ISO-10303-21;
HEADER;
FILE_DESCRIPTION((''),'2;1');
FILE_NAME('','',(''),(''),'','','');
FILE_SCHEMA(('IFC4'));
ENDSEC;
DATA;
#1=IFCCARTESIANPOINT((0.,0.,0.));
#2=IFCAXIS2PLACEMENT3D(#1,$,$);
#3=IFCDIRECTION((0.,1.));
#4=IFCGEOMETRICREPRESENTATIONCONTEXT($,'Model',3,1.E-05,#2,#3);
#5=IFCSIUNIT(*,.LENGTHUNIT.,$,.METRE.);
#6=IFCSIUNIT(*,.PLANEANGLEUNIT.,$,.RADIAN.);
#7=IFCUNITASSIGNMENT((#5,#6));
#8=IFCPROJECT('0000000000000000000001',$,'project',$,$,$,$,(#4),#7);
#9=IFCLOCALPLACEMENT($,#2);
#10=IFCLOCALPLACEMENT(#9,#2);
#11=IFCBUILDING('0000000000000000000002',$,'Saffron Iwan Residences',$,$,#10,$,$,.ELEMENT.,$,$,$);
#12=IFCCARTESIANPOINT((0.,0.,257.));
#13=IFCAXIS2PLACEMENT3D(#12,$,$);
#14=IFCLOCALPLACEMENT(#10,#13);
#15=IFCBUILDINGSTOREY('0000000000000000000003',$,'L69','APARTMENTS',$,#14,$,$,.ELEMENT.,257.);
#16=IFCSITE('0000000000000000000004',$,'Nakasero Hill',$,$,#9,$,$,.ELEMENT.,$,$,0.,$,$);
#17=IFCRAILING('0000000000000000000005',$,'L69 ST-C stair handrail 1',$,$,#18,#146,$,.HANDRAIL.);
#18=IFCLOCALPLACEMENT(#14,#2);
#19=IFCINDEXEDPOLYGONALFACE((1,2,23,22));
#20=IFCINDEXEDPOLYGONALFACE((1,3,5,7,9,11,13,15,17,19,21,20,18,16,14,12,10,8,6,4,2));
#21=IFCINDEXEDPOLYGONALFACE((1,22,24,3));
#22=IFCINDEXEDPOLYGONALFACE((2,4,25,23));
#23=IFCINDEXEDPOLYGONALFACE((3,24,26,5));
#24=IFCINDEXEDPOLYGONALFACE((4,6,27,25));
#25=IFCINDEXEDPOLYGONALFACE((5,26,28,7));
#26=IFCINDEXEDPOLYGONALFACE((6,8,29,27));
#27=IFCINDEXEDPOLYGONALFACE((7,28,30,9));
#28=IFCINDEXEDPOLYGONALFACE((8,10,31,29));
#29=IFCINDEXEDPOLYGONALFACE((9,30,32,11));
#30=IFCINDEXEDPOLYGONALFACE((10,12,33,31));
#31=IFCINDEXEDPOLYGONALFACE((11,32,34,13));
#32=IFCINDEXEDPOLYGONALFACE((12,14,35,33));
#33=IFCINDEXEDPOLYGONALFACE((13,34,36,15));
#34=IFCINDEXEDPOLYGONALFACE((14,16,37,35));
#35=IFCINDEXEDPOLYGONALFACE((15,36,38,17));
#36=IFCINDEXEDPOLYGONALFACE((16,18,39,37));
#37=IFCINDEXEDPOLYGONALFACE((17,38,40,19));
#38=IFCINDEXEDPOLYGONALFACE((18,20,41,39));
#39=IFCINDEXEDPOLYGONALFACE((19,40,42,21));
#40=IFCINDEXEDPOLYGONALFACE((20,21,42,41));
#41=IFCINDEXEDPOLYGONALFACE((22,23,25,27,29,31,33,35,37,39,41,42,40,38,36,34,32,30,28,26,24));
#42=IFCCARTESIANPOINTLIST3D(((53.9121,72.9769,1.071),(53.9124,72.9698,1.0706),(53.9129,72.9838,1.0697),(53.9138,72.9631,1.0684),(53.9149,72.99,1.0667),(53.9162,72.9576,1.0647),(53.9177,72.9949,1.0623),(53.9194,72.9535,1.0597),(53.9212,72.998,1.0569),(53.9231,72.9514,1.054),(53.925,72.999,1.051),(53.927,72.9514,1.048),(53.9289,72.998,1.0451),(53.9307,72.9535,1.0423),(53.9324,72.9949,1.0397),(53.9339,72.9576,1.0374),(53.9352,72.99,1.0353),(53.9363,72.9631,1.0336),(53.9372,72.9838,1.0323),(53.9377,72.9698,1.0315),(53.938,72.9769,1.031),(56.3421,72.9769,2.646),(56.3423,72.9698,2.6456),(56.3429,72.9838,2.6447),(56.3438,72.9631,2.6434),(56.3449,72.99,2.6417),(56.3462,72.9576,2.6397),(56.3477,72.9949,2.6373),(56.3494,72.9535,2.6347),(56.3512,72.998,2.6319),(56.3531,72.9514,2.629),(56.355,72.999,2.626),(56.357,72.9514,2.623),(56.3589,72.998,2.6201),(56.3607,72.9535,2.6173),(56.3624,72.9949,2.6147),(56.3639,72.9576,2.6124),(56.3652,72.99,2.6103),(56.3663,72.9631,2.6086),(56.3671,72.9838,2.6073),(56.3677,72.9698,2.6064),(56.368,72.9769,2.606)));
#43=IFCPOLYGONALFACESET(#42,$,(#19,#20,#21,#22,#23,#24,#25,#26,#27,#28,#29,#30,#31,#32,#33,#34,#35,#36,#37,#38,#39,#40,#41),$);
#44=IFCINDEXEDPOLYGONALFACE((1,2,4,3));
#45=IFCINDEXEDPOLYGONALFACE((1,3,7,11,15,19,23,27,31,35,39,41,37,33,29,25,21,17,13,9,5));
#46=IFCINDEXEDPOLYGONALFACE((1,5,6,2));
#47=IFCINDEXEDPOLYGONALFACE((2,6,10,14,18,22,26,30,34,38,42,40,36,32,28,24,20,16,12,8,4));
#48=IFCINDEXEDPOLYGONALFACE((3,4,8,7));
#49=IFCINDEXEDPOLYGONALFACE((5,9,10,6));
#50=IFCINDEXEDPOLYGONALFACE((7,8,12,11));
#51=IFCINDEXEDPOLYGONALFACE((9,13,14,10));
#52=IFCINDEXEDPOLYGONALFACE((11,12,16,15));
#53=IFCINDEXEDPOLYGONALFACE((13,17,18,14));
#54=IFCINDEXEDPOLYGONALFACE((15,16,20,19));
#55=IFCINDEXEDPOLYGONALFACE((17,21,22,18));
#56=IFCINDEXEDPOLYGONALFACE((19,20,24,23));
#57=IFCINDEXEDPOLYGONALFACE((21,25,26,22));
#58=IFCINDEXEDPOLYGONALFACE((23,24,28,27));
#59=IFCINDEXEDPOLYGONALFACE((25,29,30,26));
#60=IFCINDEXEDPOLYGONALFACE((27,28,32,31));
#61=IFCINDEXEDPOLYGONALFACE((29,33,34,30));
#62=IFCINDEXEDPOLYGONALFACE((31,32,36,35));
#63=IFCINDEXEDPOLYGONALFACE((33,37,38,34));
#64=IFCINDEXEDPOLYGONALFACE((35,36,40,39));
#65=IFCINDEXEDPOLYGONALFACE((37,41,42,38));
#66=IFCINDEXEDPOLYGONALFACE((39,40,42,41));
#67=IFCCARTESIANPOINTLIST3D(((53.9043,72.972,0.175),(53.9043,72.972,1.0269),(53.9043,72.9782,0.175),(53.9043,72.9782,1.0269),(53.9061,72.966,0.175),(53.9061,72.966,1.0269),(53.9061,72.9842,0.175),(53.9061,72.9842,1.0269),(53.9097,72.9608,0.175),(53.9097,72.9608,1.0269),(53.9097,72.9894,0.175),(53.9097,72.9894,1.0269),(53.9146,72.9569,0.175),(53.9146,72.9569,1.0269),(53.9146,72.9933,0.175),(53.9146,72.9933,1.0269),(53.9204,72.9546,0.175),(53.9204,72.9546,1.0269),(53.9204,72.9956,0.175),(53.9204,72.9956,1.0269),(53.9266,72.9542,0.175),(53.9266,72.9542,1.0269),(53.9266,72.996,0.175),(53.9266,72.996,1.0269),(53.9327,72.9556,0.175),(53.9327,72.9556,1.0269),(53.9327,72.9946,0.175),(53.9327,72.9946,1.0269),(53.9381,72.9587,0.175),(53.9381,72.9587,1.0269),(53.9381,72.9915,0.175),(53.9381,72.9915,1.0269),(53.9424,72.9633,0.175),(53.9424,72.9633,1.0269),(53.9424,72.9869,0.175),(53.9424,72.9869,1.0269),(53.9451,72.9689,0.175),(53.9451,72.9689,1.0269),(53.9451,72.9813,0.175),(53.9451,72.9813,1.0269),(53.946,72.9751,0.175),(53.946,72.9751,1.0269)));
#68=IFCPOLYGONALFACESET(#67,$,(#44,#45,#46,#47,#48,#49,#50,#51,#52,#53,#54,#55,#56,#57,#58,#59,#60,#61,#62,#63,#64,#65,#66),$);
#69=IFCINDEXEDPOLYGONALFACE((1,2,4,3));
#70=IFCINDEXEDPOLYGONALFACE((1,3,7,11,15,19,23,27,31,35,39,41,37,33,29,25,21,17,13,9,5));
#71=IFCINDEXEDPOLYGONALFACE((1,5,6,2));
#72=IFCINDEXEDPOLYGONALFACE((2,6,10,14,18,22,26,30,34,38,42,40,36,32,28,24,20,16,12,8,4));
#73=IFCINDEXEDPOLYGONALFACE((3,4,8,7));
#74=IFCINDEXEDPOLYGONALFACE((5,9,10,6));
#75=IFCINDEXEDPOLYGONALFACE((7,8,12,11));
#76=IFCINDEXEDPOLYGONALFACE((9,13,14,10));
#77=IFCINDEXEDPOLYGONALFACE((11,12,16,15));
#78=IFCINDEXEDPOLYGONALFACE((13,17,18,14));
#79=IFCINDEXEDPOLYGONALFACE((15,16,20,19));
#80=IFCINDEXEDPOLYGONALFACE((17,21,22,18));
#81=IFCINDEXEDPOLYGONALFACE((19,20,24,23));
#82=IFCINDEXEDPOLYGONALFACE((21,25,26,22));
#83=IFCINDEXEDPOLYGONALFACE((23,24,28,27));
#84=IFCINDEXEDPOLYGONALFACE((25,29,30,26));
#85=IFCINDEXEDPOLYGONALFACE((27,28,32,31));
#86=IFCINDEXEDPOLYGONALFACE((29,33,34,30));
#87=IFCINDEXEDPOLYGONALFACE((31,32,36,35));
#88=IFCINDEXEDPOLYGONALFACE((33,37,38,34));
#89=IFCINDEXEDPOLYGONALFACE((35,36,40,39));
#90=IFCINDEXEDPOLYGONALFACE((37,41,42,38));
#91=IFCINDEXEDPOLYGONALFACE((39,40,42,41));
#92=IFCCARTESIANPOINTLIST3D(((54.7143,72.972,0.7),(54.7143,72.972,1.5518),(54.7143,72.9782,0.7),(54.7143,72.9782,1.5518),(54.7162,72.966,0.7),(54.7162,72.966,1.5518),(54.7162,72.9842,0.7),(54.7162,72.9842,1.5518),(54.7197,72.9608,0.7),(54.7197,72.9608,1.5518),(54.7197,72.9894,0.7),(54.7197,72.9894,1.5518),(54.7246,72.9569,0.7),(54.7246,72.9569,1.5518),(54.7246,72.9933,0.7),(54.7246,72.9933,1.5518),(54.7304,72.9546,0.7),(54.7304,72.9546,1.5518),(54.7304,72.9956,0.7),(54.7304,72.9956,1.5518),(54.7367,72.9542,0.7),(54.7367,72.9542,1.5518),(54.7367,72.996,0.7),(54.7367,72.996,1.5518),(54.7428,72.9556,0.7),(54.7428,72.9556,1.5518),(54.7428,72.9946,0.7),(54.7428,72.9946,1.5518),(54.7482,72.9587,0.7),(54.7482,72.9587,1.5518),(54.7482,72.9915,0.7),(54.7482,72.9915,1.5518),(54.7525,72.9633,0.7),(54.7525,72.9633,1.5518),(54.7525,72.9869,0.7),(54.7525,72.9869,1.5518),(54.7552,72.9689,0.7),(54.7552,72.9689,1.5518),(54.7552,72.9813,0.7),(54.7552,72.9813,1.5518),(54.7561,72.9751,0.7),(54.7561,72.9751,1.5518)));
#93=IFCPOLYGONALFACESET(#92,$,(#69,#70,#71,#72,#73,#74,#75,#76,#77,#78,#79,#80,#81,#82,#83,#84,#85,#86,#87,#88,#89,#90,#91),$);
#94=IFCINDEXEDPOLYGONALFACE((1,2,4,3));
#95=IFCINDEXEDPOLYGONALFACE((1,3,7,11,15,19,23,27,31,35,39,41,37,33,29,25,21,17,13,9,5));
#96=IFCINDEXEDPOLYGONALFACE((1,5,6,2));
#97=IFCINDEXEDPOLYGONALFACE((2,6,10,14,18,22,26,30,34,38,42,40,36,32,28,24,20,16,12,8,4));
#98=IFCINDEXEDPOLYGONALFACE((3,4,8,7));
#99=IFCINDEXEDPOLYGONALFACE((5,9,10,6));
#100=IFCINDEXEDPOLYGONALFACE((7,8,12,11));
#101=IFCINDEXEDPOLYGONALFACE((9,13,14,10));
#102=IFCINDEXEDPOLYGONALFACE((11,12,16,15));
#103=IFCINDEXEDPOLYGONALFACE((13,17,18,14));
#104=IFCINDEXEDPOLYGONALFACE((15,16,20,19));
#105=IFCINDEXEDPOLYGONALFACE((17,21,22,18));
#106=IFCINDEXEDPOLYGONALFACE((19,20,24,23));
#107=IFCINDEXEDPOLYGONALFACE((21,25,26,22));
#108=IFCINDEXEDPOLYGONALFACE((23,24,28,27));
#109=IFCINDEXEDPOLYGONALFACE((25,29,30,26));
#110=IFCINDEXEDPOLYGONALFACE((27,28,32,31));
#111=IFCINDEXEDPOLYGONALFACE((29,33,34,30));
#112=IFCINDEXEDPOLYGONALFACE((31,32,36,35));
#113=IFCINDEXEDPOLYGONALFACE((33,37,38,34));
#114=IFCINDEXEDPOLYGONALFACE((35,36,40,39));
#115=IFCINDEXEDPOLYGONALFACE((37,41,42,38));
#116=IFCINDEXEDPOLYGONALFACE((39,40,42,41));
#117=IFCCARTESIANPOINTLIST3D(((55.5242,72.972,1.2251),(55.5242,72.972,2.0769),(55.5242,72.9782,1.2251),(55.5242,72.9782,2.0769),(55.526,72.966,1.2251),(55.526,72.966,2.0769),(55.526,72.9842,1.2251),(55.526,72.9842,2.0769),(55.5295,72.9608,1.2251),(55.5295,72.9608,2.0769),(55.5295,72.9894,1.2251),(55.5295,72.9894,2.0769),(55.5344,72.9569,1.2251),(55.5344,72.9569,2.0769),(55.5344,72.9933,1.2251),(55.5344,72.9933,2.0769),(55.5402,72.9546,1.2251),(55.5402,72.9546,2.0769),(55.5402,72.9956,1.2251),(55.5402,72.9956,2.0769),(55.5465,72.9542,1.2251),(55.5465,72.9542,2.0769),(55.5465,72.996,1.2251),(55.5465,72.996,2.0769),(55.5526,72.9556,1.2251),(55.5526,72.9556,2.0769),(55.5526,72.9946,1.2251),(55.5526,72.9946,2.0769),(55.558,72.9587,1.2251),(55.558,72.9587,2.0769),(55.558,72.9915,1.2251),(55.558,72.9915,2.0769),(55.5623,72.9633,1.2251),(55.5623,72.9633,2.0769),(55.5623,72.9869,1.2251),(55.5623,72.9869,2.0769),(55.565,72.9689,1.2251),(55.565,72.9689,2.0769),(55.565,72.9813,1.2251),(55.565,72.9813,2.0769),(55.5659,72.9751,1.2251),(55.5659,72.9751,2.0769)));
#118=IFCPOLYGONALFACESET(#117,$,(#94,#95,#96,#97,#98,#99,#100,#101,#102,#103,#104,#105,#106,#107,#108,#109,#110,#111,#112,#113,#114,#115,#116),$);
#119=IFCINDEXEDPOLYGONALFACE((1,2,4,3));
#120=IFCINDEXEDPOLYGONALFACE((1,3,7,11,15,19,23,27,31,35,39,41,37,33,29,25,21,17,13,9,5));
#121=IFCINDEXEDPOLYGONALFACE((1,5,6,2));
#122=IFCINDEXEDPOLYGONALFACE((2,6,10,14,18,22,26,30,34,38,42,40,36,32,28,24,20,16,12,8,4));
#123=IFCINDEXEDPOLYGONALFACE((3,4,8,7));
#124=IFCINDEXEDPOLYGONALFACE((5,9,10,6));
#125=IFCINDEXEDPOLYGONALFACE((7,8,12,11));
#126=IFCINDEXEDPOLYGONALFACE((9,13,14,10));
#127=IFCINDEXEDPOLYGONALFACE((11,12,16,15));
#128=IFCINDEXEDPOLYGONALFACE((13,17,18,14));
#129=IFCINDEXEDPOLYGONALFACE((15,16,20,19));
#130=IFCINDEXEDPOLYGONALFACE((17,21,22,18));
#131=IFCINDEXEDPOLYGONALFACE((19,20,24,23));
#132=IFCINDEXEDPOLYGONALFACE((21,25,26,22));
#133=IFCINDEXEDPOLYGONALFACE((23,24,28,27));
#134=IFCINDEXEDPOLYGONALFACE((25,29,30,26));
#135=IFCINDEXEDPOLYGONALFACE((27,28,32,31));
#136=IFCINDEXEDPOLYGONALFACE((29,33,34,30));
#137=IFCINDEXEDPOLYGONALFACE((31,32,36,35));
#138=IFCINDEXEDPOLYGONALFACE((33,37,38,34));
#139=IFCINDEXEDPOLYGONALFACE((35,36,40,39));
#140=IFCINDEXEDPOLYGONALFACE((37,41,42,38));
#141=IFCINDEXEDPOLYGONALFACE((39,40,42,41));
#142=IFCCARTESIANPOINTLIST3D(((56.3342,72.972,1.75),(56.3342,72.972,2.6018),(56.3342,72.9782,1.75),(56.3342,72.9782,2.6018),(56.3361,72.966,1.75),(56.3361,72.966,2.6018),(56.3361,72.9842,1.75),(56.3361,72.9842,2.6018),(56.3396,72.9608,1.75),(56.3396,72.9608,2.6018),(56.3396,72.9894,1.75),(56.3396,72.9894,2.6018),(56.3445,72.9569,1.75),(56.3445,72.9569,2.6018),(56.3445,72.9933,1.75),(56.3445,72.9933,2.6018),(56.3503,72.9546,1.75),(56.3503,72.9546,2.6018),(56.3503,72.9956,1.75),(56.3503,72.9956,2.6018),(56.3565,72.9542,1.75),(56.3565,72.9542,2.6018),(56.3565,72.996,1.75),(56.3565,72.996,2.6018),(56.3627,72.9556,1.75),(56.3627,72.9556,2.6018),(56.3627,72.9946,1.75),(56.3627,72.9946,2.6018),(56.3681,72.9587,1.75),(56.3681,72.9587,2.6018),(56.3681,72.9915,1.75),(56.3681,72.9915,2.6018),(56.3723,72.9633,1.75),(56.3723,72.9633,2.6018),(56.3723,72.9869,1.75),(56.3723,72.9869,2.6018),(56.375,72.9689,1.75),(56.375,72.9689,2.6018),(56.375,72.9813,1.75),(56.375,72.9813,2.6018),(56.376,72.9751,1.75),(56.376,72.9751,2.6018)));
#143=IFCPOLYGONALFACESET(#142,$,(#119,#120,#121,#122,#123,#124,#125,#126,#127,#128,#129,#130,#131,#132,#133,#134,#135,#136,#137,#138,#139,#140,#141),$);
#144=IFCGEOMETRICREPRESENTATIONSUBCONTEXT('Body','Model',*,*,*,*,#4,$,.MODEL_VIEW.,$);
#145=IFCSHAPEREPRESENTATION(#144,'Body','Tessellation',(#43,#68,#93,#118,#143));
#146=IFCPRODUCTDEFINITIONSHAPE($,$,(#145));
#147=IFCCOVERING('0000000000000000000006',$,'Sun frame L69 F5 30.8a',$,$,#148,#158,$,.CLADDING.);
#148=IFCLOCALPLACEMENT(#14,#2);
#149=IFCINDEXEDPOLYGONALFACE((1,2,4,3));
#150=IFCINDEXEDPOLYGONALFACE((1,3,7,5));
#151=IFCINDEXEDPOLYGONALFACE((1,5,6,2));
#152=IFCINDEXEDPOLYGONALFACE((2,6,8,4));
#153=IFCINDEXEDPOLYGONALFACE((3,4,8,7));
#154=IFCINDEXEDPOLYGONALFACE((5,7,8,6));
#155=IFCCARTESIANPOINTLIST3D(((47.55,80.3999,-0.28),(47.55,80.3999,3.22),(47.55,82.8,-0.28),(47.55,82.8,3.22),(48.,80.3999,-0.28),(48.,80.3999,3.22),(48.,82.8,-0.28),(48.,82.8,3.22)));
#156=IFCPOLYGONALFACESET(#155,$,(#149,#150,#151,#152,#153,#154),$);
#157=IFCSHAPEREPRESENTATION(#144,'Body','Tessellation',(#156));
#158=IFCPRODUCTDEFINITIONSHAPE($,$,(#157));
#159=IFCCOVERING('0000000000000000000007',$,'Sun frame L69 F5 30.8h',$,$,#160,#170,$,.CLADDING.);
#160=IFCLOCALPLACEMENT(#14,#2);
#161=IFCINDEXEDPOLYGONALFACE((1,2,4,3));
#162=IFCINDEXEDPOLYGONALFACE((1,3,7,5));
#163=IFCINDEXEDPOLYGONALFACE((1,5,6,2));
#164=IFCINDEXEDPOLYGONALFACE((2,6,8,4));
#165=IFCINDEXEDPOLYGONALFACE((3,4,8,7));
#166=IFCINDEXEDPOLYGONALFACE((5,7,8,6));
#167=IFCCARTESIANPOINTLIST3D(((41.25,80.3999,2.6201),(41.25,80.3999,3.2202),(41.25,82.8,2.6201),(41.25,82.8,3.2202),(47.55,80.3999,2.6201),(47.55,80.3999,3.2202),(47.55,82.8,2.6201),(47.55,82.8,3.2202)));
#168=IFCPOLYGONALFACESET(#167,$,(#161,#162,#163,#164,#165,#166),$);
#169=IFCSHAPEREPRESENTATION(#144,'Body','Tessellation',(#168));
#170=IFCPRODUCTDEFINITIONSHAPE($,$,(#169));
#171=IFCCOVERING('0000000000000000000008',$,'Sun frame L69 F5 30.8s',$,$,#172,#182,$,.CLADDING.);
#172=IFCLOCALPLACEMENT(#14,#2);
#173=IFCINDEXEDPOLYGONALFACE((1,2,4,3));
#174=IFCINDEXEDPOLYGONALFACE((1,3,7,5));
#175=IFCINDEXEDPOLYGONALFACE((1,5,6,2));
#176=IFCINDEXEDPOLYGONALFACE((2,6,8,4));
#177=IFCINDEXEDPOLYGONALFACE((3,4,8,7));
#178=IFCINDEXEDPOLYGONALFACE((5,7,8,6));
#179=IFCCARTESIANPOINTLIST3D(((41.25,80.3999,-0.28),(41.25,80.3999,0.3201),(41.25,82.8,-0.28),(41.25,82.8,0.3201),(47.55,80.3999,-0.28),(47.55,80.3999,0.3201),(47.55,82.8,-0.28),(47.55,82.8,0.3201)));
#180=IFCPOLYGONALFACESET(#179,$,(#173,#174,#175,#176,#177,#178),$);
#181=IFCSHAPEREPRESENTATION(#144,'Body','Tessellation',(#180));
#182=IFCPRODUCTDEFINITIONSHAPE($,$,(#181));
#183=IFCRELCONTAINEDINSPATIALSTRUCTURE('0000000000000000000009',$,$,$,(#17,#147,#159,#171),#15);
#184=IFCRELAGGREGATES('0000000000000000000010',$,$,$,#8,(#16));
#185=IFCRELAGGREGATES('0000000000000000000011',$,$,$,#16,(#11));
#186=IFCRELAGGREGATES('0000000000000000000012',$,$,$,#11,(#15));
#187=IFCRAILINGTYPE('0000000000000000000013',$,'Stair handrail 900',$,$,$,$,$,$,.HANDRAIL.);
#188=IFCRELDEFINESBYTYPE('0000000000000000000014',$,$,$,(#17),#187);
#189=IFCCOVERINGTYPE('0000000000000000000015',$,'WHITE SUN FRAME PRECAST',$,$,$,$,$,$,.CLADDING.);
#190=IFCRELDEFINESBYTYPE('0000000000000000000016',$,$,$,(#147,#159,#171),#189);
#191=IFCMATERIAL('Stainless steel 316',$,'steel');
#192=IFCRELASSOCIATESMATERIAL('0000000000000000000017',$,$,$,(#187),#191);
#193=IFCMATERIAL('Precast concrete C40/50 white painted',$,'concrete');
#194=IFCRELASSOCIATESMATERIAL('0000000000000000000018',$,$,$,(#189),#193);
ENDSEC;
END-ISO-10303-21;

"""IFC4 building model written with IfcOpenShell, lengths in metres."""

from ifc_helpers import new_model, si_unit, direction, frame, origin, origin_2d, place, context, subcontext, project, spatial, polyline, circle, outline, extrude, material, type_object, element, save


model = new_model("IFC4")

# Units and contexts
model_context = context("Model", 3, precision=1e-05, world=origin(), true_north=direction((0.0, 1.0)))
body_context = subcontext(model_context, "Body", "Model", "MODEL_VIEW")
ifc_project = project(units=[si_unit("LENGTHUNIT", "METRE"), si_unit("PLANEANGLEUNIT", "RADIAN")], contexts=[model_context])

# Site, building, storey
site_placement = place(None, origin())
site = spatial("IfcSite", under=ifc_project, at=site_placement, Name="Nakasero Hill", CompositionType="ELEMENT", RefElevation=0.0)
building_placement = place(site_placement, origin())
building = spatial("IfcBuilding", under=site, at=building_placement, Name="Saffron Iwan Residences", CompositionType="ELEMENT")
storey_placement = place(building_placement, frame((0.0, 0.0, 257.0)))
storey = spatial("IfcBuildingStorey", under=building, at=storey_placement, Name="L69", Description="APARTMENTS", CompositionType="ELEMENT", Elevation=257.0)

# Railing
ifc_material_1 = material(Name="Stainless steel 316", Category="steel")
railing_type_1 = type_object("IfcRailingType", Name="Stair handrail 900", PredefinedType="HANDRAIL", material=ifc_material_1)
railing_1_placement = place(storey_placement, frame((53.925, 72.9751, 0.175)))
element("IfcRailing", 1, at=railing_1_placement, inside=storey, type_object=railing_type_1, Name="L69 ST-C stair handrail 1", PredefinedType="HANDRAIL", context=body_context, shape_type="SweptSolid", body=[
    extrude(circle(Radius=0.0239, at=origin_2d()), frame((0.0, 0.0, 0.876), z_axis=(0.839154, 0.0, 0.543894), x_axis=(0.0, 1.0, 0.0)), (0.0, 0.0, 1.0), 2.8958),
    extrude(circle(Radius=0.021, at=origin_2d()), origin(), (0.0, 0.0, 1.0), 0.8518),
    extrude(circle(Radius=0.021, at=origin_2d()), frame((0.8101, 0.0, 0.5249)), (0.0, 0.0, 1.0), 0.8518),
    extrude(circle(Radius=0.021, at=origin_2d()), frame((1.6199, 0.0, 1.05)), (0.0, 0.0, 1.0), 0.8518),
    extrude(circle(Radius=0.021, at=origin_2d()), frame((2.4299, 0.0, 1.575)), (0.0, 0.0, 1.0), 0.8518),
])

# Coverings
ifc_material_2 = material(Name="Precast concrete C40/50 white painted", Category="concrete")
covering_type_1 = type_object("IfcCoveringType", Name="WHITE SUN FRAME PRECAST", PredefinedType="CLADDING", material=ifc_material_2)
covering_1_placement = place(storey_placement, frame((48.0, 80.3999, -0.28), z_axis=(0.0, 1.0, 0.0), x_axis=(-1.0, 0.0, 0.0)))
element("IfcCovering", 2, at=covering_1_placement, inside=storey, type_object=covering_type_1, Name="Sun frame L69 F5 30.8a", PredefinedType="CLADDING", context=body_context, shape_type="SweptSolid", body=[
    extrude(outline(polyline([(0.0, 0.0), (0.45, 0.0), (0.45, 3.5), (0.0, 3.5), (0.0, 0.0)])), origin(), (0.0, 0.0, 1.0), 2.4001),
])
for number, where, z_axis, x_axis, name in (
    (3, (47.55, 80.3999, 2.6201), (0.0, 1.0, 0.0), (-1.0, 0.0, 0.0), "Sun frame L69 F5 30.8h"),
    (4, (47.55, 80.3999, -0.28), (0.0, 1.0, 0.0), (-1.0, 0.0, 0.0), "Sun frame L69 F5 30.8s"),
):
    element("IfcCovering", number, at=place(storey_placement, frame(where, z_axis=z_axis, x_axis=x_axis)), inside=storey, type_object=covering_type_1, Name=name, PredefinedType="CLADDING", context=body_context, shape_type="SweptSolid", body=[
        extrude(outline(polyline([(0.0, 0.0), (6.3, 0.0), (6.3, 0.6001), (0.0, 0.6001), (0.0, 0.0)])), origin(), (0.0, 0.0, 1.0), 2.4001),
    ])

save(model, "model.ifc")
